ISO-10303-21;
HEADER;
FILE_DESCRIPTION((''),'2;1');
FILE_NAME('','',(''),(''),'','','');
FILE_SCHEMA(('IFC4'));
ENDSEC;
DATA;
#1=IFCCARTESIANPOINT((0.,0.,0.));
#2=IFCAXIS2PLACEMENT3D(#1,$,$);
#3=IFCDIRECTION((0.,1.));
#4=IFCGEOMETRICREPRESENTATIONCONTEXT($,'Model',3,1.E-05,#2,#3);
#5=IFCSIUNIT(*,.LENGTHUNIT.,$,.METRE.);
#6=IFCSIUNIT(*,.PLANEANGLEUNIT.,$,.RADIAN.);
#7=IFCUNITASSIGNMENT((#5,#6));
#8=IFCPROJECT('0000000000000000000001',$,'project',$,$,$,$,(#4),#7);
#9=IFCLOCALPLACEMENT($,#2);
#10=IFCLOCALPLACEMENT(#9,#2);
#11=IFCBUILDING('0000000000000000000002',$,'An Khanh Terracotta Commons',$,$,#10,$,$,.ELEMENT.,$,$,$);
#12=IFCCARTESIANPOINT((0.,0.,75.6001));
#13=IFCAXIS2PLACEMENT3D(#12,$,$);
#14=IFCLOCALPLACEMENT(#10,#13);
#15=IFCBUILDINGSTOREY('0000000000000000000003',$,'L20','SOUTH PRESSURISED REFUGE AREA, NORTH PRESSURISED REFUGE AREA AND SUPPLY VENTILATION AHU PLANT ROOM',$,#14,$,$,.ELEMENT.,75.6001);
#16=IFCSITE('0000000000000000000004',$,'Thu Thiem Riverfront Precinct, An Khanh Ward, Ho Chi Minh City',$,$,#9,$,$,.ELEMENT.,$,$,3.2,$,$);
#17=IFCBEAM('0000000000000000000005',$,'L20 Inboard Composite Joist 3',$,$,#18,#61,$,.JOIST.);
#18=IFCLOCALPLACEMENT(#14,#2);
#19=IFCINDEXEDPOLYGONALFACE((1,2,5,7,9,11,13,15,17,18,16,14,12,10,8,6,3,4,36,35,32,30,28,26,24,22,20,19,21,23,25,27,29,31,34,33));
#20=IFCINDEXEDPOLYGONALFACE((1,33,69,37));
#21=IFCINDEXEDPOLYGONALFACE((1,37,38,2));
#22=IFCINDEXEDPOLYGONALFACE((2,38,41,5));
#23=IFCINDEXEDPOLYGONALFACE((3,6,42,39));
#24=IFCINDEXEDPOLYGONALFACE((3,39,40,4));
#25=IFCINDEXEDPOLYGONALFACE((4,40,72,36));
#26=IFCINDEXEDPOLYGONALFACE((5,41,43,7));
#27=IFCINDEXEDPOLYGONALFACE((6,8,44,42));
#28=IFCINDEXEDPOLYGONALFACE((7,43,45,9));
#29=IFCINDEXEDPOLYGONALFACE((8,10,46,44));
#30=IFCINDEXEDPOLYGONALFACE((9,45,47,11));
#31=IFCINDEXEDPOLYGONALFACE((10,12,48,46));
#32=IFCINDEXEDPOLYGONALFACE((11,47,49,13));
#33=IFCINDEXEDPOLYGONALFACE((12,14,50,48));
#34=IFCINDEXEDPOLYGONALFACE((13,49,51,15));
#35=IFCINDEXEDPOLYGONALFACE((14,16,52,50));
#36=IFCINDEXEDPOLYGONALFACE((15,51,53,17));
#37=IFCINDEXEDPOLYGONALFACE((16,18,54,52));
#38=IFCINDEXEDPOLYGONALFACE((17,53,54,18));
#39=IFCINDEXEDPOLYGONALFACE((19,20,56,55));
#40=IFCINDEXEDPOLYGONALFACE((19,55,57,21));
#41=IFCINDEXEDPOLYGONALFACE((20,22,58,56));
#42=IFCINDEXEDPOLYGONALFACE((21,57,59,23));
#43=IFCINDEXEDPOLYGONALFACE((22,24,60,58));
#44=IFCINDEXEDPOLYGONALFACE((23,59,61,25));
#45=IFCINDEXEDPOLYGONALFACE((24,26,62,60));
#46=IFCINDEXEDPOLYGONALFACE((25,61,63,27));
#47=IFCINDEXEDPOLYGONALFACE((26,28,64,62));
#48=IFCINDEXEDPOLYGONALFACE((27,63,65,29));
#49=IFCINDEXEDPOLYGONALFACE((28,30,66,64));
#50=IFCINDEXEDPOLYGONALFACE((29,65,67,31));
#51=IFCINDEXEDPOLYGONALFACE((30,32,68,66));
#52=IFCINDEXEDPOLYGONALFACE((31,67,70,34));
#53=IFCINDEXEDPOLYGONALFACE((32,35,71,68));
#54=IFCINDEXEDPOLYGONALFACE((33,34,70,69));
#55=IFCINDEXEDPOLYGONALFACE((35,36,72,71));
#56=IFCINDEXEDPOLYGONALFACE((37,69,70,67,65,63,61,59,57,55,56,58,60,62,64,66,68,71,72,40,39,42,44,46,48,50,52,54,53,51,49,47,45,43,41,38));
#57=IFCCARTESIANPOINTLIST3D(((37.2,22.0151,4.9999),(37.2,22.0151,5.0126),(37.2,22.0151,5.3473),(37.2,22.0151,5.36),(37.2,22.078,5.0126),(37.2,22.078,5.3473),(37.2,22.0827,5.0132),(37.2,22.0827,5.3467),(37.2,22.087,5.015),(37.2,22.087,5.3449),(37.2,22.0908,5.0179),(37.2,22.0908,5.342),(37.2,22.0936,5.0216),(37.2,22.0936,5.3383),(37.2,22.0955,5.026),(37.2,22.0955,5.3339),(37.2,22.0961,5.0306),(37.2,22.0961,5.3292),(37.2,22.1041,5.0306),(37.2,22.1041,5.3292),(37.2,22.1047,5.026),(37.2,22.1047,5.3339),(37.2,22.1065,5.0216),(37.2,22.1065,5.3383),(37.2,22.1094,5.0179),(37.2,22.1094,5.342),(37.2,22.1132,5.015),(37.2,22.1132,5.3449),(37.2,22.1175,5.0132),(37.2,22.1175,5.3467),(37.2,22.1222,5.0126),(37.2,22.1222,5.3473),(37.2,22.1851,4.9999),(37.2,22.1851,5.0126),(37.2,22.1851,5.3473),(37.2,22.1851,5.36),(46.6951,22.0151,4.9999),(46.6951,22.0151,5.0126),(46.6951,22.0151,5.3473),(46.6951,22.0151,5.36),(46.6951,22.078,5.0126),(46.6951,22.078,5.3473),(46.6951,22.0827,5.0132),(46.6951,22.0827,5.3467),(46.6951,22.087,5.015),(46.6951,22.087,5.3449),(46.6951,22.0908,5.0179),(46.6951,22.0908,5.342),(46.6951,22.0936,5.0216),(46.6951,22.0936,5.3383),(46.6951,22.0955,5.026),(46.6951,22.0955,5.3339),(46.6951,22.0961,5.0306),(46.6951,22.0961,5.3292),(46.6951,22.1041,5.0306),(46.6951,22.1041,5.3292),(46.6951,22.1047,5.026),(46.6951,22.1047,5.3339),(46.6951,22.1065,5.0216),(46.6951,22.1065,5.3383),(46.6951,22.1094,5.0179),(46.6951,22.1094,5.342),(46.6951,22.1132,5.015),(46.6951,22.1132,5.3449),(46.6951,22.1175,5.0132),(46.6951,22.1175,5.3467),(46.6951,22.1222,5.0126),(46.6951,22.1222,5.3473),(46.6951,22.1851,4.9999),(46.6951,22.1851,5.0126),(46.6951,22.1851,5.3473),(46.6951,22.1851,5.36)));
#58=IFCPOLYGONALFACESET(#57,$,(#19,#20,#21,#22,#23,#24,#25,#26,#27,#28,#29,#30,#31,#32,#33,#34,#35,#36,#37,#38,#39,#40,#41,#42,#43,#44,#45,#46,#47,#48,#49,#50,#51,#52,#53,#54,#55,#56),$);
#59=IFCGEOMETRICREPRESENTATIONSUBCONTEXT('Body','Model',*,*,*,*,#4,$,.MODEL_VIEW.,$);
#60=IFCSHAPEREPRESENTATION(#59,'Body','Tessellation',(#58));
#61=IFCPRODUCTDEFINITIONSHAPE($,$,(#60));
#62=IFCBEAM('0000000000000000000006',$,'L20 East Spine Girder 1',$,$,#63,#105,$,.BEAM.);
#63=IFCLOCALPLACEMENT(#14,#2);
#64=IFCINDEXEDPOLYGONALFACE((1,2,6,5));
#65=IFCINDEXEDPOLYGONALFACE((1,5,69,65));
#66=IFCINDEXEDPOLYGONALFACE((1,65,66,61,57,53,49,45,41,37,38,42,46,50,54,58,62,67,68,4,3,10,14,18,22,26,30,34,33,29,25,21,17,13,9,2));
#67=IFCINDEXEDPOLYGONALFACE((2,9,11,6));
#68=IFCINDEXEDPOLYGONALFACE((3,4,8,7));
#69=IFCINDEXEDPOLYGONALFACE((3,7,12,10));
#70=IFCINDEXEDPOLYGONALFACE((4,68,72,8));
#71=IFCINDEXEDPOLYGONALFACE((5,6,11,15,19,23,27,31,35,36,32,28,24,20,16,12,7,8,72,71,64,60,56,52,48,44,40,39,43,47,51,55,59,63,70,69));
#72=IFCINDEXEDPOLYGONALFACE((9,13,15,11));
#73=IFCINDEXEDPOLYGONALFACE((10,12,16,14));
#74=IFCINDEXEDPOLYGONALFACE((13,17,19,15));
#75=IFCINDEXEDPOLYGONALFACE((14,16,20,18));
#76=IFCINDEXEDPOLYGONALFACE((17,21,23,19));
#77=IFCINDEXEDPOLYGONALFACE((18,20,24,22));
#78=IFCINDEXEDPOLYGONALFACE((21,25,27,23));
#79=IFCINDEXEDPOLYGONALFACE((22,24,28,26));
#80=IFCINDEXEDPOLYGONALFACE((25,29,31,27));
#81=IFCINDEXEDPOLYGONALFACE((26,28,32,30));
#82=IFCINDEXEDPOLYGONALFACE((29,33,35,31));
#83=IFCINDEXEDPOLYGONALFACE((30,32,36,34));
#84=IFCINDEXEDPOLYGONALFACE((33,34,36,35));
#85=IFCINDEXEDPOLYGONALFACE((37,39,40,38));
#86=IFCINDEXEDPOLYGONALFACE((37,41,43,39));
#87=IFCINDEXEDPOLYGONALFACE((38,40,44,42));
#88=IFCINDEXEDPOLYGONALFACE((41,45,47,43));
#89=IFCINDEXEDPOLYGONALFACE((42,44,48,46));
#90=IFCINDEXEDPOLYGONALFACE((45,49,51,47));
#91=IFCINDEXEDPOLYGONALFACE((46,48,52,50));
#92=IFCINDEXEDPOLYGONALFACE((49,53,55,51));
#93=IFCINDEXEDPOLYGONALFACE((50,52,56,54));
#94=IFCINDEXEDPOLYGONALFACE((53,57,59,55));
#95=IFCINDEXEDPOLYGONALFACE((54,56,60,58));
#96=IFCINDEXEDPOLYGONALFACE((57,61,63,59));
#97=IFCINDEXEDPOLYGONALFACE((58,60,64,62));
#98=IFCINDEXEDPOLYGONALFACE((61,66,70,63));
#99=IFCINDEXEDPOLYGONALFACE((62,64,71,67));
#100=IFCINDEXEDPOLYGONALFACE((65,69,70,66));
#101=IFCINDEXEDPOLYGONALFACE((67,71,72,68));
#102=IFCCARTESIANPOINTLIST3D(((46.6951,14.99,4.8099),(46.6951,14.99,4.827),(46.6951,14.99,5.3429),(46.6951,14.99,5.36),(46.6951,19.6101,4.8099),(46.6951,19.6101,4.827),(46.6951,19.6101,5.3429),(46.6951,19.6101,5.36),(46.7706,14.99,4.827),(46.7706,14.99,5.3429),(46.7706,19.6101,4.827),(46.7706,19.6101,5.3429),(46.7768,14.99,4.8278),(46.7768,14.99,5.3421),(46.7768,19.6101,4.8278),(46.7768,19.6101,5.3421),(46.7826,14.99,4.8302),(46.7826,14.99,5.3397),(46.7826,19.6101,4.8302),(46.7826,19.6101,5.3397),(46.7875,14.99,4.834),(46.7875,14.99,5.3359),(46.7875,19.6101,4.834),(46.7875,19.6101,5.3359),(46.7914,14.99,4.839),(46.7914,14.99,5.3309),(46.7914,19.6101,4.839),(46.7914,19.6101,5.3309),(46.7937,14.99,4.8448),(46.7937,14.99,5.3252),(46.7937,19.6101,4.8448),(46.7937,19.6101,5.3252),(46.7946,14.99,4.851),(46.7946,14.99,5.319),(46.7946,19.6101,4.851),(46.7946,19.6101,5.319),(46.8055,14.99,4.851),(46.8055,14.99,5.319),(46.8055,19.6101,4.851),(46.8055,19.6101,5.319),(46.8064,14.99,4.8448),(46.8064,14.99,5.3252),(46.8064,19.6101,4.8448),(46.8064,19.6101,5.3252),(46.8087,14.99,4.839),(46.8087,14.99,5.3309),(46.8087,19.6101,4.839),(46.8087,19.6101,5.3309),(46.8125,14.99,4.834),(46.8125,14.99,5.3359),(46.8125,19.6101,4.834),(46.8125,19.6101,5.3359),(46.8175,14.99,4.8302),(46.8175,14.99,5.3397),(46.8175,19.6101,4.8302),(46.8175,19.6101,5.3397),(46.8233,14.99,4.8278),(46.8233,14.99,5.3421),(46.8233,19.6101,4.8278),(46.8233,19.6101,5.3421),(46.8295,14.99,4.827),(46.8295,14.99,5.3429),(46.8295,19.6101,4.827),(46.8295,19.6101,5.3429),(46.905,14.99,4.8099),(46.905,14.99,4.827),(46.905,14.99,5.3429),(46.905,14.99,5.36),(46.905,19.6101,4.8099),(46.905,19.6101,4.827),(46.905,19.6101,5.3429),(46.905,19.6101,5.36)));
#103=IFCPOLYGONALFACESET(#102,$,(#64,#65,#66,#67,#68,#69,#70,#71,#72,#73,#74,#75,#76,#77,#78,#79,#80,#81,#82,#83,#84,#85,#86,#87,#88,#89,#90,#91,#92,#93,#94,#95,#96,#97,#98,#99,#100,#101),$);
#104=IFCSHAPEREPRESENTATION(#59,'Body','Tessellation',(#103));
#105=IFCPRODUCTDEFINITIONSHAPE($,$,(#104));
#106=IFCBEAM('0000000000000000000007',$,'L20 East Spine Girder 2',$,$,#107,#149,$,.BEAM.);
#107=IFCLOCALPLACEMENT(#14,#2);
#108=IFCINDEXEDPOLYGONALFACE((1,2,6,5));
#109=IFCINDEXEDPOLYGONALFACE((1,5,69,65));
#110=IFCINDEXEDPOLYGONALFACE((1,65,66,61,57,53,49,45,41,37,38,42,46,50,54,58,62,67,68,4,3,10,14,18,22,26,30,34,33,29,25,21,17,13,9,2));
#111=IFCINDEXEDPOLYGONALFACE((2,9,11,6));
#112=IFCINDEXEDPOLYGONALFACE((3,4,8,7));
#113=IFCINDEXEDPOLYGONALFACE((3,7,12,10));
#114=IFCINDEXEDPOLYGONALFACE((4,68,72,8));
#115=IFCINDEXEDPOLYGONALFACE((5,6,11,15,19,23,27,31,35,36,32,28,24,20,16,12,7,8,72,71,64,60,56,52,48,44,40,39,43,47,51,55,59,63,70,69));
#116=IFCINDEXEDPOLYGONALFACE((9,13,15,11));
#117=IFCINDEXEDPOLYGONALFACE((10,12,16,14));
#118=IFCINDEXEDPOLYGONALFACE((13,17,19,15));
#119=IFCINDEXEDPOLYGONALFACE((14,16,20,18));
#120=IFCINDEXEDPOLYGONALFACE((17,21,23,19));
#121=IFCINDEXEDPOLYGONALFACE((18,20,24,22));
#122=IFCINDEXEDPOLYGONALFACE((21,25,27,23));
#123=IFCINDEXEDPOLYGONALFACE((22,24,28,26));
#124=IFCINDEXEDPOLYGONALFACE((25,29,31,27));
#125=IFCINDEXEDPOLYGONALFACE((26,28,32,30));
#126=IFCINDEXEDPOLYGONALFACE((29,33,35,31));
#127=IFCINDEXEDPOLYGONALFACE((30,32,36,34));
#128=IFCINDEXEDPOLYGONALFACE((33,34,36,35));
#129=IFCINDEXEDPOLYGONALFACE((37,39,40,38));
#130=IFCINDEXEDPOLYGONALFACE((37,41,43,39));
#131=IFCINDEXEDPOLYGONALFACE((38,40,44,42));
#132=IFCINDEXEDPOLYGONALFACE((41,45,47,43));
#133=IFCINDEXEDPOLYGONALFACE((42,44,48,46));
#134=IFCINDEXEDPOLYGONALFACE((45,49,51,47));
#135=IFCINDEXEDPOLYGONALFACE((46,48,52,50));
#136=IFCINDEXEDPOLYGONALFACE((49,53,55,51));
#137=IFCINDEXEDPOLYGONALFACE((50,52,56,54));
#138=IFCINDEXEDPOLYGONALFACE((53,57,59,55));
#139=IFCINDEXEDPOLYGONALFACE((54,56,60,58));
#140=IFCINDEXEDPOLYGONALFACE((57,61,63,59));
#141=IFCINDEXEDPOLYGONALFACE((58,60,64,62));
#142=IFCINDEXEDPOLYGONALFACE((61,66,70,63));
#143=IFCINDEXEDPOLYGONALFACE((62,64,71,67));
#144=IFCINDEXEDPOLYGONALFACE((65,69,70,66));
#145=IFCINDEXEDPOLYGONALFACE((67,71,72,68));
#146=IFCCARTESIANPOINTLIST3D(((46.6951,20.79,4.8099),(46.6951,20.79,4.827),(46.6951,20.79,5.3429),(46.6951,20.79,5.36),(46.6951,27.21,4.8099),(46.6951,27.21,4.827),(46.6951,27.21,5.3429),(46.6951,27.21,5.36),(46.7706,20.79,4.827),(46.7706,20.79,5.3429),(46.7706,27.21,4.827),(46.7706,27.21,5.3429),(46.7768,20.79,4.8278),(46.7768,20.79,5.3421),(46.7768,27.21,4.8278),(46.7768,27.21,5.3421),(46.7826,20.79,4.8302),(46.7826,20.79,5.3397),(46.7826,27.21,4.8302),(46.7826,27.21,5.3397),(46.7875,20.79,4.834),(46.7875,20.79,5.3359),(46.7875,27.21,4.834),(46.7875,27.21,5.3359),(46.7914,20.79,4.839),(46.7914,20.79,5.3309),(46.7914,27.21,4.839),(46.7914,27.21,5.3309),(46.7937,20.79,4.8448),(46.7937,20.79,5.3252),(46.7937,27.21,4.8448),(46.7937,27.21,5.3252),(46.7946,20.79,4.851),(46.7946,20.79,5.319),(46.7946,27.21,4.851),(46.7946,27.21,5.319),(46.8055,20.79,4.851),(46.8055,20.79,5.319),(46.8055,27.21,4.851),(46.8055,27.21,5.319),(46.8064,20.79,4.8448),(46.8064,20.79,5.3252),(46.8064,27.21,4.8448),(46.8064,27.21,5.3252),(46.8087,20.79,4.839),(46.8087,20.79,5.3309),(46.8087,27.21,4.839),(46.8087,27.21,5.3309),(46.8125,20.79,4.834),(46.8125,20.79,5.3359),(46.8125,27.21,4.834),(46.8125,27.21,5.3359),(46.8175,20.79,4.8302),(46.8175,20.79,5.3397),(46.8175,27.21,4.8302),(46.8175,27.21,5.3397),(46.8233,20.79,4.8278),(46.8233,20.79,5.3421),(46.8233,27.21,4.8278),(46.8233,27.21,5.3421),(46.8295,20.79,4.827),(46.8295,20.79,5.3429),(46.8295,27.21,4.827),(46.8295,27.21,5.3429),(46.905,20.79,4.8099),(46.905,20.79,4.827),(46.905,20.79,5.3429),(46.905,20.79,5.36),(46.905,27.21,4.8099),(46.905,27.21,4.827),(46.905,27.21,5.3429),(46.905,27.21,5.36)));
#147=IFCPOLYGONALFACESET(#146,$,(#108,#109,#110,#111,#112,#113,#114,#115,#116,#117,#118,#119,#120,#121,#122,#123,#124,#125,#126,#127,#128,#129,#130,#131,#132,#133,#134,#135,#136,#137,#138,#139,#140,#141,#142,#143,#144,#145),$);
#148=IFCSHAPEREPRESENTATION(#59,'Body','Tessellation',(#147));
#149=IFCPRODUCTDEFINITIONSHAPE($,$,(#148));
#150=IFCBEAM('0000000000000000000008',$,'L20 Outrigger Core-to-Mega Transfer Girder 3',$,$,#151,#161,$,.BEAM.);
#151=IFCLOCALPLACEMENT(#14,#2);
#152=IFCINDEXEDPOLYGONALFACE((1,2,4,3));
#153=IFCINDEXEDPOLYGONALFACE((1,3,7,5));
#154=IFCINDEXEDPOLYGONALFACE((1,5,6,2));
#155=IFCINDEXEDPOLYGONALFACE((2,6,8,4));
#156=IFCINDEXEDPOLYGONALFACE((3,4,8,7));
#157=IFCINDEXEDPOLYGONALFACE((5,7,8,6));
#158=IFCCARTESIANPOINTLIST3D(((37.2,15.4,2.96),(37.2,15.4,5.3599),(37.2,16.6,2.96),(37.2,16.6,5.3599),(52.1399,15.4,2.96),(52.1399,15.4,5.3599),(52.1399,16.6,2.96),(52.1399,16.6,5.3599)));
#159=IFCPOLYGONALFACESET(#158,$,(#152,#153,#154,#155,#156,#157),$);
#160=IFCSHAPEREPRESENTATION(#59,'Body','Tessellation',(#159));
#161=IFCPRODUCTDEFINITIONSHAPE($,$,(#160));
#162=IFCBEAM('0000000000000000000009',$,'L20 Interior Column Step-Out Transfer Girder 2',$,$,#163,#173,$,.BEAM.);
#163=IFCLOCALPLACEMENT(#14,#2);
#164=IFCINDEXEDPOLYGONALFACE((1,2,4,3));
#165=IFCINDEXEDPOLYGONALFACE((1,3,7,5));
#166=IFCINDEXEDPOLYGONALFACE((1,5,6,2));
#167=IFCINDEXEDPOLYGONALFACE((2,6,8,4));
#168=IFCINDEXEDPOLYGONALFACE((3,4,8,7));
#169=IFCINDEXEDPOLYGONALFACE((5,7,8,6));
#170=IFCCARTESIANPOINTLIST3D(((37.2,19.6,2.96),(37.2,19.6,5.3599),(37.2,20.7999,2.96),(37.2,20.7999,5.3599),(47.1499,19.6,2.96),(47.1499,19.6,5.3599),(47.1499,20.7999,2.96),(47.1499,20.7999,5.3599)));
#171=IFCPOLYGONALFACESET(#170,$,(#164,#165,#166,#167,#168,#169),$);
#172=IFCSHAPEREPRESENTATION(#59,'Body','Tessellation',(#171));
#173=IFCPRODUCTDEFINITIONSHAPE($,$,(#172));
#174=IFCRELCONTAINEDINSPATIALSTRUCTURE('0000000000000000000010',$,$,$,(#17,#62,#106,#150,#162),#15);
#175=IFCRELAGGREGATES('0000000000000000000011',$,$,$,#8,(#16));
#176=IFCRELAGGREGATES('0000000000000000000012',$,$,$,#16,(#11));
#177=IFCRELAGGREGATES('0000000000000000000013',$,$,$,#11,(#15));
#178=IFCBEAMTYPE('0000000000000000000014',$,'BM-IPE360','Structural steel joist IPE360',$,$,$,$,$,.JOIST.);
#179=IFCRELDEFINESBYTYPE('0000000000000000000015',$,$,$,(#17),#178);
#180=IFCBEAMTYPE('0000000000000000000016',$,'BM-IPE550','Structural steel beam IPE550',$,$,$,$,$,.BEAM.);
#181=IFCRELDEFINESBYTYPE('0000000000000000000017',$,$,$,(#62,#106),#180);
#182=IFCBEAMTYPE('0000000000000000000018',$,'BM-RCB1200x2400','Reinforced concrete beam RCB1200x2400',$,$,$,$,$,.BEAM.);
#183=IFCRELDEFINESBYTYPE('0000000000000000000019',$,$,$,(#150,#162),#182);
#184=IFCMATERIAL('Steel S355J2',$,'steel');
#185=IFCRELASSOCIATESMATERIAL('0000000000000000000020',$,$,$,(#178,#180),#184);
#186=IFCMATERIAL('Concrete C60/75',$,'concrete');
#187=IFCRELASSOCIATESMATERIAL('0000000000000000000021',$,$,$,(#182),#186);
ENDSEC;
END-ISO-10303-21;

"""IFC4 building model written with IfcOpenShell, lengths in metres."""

from ifc_helpers import new_model, si_unit, direction, frame, origin, origin_2d, place, context, subcontext, project, spatial, rectangle, i_section, extrude, material, material_profile, profile_set, type_object, element, save


model = new_model("IFC4")

# Units and contexts
model_context = context("Model", 3, precision=1e-05, world=origin(), true_north=direction((0.0, 1.0)))
body_context = subcontext(model_context, "Body", "Model", "MODEL_VIEW")
ifc_project = project(units=[si_unit("LENGTHUNIT", "METRE"), si_unit("PLANEANGLEUNIT", "RADIAN")], contexts=[model_context])

# Site, building, storey
site_placement = place(None, origin())
site = spatial("IfcSite", under=ifc_project, at=site_placement, Name="Thu Thiem Riverfront Precinct, An Khanh Ward, Ho Chi Minh City", CompositionType="ELEMENT", RefElevation=3.2)
building_placement = place(site_placement, origin())
building = spatial("IfcBuilding", under=site, at=building_placement, Name="An Khanh Terracotta Commons", CompositionType="ELEMENT")
storey_placement = place(building_placement, frame((0.0, 0.0, 75.6001)))
storey = spatial("IfcBuildingStorey", under=building, at=storey_placement, Name="L20", Description="SOUTH PRESSURISED REFUGE AREA, NORTH PRESSURISED REFUGE AREA AND SUPPLY VENTILATION AHU PLANT ROOM", CompositionType="ELEMENT", Elevation=75.6001)

# Beams
ifc_material_1 = material(Name="Steel S355J2", Category="steel")
ifc_material_profile_1 = material_profile(ifc_material_1, i_section(OverallWidth=0.1699, OverallDepth=0.3601, WebThickness=0.0081, FlangeThickness=0.0127, FilletRadius=0.0181, at=origin_2d()), Name="IPE360")
ifc_profile_set_1 = profile_set([ifc_material_profile_1], Name="Steel S355J2")
beam_type_1 = type_object("IfcBeamType", Name="BM-IPE360", Description="Structural steel joist IPE360", PredefinedType="JOIST", material=ifc_profile_set_1)
for number, where, z_axis, x_axis, name in (
    (1, (37.2, 22.1001, 5.1799), (1.0, 0.0, 0.0), (0.0, 1.0, 0.0), "L20 Inboard Composite Joist 3"),
):
    element("IfcBeam", number, at=place(storey_placement, frame(where, z_axis=z_axis, x_axis=x_axis)), inside=storey, type_object=beam_type_1, Name=name, PredefinedType="JOIST", context=body_context, shape_type="SweptSolid", body=[
        extrude(i_section(OverallWidth=0.1699, OverallDepth=0.3601, WebThickness=0.0081, FlangeThickness=0.0127, FilletRadius=0.0181, at=origin_2d()), origin(), (0.0, 0.0, 1.0), 9.4951),
    ])
ifc_material_profile_2 = material_profile(ifc_material_1, i_section(OverallWidth=0.21, OverallDepth=0.55, WebThickness=0.011, FlangeThickness=0.0171, FilletRadius=0.0239, at=origin_2d()), Name="IPE550")
ifc_profile_set_2 = profile_set([ifc_material_profile_2], Name="Steel S355J2")
beam_type_2 = type_object("IfcBeamType", Name="BM-IPE550", Description="Structural steel beam IPE550", PredefinedType="BEAM", material=ifc_profile_set_2)
beam_1_placement = place(storey_placement, frame((46.8, 14.99, 5.085), z_axis=(0.0, 1.0, 0.0), x_axis=(-1.0, 0.0, 0.0)))
element("IfcBeam", 2, at=beam_1_placement, inside=storey, type_object=beam_type_2, Name="L20 East Spine Girder 1", PredefinedType="BEAM", context=body_context, shape_type="SweptSolid", body=[
    extrude(i_section(OverallWidth=0.21, OverallDepth=0.55, WebThickness=0.011, FlangeThickness=0.0171, FilletRadius=0.0239, at=origin_2d()), origin(), (0.0, 0.0, 1.0), 4.6201),
])
beam_2_placement = place(storey_placement, frame((46.8, 20.79, 5.085), z_axis=(0.0, 1.0, 0.0), x_axis=(-1.0, 0.0, 0.0)))
element("IfcBeam", 3, at=beam_2_placement, inside=storey, type_object=beam_type_2, Name="L20 East Spine Girder 2", PredefinedType="BEAM", context=body_context, shape_type="SweptSolid", body=[
    extrude(i_section(OverallWidth=0.21, OverallDepth=0.55, WebThickness=0.011, FlangeThickness=0.0171, FilletRadius=0.0239, at=origin_2d()), origin(), (0.0, 0.0, 1.0), 6.4199),
])
ifc_material_2 = material(Name="Concrete C60/75", Category="concrete")
ifc_material_profile_3 = material_profile(ifc_material_2, rectangle(XDim=1.2, YDim=2.3999, at=origin_2d()), Name="RCB1200x2400")
ifc_profile_set_3 = profile_set([ifc_material_profile_3], Name="Concrete C60/75")
beam_type_3 = type_object("IfcBeamType", Name="BM-RCB1200x2400", Description="Reinforced concrete beam RCB1200x2400", PredefinedType="BEAM", material=ifc_profile_set_3)
beam_3_placement = place(storey_placement, frame((37.2, 16.0, 4.1599), z_axis=(1.0, 0.0, 0.0), x_axis=(0.0, 1.0, 0.0)))
element("IfcBeam", 4, at=beam_3_placement, inside=storey, type_object=beam_type_3, Name="L20 Outrigger Core-to-Mega Transfer Girder 3", PredefinedType="BEAM", context=body_context, shape_type="SweptSolid", body=[
    extrude(rectangle(XDim=1.2, YDim=2.3999, at=origin_2d()), origin(), (0.0, 0.0, 1.0), 14.9399),
])
beam_4_placement = place(storey_placement, frame((37.2, 20.2, 4.1599), z_axis=(1.0, 0.0, 0.0), x_axis=(0.0, 1.0, 0.0)))
element("IfcBeam", 5, at=beam_4_placement, inside=storey, type_object=beam_type_3, Name="L20 Interior Column Step-Out Transfer Girder 2", PredefinedType="BEAM", context=body_context, shape_type="SweptSolid", body=[
    extrude(rectangle(XDim=1.2, YDim=2.3999, at=origin_2d()), origin(), (0.0, 0.0, 1.0), 9.95),
])

save(model, "model.ifc")
